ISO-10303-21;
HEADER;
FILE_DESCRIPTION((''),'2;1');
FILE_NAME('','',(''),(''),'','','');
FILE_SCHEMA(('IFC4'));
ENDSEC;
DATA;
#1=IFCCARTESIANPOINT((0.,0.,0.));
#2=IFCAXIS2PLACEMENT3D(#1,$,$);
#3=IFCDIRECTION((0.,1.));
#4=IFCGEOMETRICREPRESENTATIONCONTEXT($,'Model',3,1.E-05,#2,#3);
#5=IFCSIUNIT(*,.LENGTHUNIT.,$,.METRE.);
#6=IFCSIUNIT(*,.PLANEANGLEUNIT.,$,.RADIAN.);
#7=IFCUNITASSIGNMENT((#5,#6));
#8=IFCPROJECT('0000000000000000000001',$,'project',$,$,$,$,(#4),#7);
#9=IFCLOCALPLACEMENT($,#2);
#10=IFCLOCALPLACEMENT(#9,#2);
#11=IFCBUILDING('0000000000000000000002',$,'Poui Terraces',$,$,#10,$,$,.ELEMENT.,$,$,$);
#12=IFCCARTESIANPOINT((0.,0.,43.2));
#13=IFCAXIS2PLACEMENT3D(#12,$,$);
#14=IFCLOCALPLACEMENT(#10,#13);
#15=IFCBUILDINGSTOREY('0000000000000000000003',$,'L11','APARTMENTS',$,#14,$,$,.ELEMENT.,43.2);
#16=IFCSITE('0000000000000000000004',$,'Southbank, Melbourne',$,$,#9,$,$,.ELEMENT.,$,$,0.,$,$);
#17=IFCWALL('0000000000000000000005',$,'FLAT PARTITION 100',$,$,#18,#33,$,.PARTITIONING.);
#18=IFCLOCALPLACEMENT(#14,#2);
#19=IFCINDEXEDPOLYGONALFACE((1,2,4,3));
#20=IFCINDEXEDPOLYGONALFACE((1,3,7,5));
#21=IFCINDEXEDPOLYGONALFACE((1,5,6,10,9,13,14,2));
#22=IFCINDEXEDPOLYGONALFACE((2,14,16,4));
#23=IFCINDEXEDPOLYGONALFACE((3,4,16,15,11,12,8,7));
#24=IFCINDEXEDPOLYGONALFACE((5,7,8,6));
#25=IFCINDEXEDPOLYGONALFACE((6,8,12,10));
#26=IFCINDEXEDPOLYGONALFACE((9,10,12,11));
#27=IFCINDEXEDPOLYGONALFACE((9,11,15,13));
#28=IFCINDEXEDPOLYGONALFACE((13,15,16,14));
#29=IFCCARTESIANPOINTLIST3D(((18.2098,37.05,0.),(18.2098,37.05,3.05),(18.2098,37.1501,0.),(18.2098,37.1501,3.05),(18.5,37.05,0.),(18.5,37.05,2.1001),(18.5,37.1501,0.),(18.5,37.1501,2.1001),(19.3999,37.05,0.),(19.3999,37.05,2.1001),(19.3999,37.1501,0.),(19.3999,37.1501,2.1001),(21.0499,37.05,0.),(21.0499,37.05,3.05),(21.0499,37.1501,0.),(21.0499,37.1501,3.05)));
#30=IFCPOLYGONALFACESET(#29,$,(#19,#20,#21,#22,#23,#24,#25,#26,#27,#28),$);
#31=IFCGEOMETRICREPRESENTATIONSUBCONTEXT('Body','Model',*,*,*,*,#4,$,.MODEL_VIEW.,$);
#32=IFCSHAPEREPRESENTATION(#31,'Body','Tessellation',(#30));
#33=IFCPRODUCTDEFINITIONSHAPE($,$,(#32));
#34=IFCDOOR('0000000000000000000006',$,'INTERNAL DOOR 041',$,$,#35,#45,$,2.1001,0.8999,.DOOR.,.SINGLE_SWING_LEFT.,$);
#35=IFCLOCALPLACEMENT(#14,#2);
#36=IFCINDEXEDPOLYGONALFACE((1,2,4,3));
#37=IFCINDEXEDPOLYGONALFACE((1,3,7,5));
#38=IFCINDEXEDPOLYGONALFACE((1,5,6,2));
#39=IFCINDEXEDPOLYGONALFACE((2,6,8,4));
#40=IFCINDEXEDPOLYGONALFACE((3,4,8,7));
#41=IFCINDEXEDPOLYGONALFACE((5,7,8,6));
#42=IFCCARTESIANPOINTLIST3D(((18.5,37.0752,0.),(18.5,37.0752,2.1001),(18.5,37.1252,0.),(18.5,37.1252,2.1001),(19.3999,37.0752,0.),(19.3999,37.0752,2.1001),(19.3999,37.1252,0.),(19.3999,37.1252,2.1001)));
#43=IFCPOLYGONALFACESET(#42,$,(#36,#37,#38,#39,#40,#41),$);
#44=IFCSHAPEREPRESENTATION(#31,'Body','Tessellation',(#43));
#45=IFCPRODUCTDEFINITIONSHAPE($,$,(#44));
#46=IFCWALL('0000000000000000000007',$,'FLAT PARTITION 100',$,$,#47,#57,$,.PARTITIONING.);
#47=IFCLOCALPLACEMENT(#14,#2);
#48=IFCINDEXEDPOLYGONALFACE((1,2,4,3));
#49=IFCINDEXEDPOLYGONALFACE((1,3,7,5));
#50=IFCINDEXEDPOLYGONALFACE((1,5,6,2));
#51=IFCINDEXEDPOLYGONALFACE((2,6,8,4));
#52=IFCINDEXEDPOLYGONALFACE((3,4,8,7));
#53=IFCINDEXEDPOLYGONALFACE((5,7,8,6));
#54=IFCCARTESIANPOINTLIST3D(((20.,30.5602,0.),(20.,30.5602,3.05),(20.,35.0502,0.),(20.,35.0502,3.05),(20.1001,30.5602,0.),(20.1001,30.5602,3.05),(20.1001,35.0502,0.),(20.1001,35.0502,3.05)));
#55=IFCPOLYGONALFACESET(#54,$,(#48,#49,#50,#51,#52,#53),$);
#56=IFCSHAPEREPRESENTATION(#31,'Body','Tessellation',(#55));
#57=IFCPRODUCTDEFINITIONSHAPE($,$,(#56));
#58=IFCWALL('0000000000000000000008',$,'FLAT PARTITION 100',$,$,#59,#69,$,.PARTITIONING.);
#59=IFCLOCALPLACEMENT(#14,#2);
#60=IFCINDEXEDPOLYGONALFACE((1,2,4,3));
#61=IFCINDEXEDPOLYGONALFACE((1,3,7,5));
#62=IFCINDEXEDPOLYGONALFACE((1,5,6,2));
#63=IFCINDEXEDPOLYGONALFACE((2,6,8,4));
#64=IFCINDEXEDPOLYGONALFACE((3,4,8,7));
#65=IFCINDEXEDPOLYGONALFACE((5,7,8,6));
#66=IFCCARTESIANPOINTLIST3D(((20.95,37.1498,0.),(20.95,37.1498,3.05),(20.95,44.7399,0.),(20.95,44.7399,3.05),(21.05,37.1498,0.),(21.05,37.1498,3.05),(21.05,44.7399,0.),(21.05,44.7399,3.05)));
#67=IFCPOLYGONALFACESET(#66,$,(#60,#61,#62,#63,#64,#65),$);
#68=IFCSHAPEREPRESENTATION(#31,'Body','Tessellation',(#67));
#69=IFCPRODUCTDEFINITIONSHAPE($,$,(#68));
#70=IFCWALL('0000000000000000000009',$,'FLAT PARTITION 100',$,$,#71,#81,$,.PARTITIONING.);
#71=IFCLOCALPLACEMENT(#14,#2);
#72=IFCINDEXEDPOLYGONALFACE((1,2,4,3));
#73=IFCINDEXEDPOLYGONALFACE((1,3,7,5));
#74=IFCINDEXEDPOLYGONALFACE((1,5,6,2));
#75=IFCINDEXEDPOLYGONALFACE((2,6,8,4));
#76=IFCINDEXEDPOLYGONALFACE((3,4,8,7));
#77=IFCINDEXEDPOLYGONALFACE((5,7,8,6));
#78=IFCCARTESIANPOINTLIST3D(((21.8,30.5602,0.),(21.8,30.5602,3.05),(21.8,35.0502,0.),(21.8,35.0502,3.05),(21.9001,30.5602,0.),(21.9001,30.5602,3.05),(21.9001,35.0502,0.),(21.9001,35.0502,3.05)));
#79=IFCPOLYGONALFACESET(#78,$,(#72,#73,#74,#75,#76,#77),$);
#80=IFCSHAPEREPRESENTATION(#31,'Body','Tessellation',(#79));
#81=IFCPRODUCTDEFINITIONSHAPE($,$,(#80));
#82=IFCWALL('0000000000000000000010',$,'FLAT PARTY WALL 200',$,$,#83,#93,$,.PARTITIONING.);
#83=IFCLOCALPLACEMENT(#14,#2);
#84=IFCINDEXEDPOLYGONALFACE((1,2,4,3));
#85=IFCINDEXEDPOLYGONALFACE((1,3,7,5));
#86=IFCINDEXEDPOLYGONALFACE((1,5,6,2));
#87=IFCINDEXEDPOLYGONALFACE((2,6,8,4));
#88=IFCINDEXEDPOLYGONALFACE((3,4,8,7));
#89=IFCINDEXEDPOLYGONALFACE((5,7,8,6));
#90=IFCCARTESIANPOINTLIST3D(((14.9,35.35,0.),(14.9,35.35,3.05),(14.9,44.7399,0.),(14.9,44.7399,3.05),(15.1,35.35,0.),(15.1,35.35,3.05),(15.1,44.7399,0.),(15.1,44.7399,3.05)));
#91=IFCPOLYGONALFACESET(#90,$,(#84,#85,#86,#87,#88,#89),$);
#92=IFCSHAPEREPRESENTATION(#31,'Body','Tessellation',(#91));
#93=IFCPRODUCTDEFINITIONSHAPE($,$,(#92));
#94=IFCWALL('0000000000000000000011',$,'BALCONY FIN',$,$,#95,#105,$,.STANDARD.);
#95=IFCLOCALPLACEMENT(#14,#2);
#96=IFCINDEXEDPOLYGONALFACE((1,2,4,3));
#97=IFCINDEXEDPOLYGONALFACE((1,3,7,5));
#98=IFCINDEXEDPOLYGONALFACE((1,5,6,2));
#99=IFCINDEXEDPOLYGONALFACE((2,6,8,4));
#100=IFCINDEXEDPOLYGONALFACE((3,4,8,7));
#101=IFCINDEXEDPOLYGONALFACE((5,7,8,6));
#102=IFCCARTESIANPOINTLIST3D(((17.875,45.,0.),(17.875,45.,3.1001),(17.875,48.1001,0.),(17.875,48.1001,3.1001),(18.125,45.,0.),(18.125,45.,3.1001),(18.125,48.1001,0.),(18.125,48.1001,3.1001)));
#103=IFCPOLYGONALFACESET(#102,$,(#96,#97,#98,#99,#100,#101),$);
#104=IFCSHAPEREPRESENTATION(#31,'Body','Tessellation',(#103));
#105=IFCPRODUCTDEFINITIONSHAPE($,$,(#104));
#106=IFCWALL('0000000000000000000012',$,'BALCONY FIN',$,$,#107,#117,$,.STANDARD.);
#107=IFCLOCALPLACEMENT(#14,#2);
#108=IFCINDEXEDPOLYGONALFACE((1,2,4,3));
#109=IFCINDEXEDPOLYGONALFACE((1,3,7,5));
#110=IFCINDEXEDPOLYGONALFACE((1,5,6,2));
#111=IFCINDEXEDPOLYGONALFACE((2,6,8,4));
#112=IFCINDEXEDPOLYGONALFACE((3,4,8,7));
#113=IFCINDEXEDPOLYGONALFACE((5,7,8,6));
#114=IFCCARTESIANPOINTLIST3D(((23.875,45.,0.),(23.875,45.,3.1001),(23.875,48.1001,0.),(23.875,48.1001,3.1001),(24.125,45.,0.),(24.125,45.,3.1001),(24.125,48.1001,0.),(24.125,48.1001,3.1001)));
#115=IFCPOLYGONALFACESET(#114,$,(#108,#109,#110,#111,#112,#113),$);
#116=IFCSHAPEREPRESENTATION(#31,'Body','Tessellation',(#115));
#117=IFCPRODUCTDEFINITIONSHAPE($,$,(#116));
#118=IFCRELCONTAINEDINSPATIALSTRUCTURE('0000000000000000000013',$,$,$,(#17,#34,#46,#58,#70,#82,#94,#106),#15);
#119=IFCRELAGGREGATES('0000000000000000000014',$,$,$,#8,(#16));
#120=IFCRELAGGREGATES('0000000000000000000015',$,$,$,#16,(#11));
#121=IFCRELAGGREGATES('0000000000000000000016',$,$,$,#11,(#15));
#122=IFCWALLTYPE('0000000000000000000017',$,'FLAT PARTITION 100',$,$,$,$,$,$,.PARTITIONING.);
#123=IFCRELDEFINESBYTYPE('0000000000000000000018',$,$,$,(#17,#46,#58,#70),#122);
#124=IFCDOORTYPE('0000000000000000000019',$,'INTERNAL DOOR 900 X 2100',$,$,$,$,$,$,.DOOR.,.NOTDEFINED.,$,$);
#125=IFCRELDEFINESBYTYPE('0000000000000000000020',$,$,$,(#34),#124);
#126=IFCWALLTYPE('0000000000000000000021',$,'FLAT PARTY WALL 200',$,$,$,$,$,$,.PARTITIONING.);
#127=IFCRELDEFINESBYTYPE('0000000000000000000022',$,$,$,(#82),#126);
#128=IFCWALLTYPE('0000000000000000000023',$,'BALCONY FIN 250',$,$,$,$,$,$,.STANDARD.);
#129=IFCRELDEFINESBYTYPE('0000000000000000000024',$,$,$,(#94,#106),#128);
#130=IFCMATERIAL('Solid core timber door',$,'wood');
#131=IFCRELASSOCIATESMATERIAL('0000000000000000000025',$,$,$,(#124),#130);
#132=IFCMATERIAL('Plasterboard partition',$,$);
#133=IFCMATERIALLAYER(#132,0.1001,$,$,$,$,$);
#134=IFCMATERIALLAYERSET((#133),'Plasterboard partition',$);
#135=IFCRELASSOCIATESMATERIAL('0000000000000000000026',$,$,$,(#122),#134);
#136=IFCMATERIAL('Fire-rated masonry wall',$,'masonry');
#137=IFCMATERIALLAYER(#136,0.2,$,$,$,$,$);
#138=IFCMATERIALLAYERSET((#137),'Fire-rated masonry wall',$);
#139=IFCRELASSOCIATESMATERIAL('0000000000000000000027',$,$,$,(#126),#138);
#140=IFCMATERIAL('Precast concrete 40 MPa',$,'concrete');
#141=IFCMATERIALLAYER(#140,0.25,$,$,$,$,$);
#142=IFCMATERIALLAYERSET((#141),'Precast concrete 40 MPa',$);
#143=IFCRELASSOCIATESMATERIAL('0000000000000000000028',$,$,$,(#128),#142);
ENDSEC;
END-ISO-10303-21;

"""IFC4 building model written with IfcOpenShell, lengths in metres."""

from ifc_helpers import new_model, si_unit, direction, frame, frame_2d, origin, place, context, subcontext, project, spatial, polyline, rectangle, outline, extrude, source, transform, mapped, material, layer, layer_set, type_object, element, fill, save


model = new_model("IFC4")

# Units and contexts
model_context = context("Model", 3, precision=1e-05, world=origin(), true_north=direction((0.0, 1.0)))
body_context = subcontext(model_context, "Body", "Model", "MODEL_VIEW")
ifc_project = project(units=[si_unit("LENGTHUNIT", "METRE"), si_unit("PLANEANGLEUNIT", "RADIAN")], contexts=[model_context])

# Site, building, storey
site_placement = place(None, origin())
site = spatial("IfcSite", under=ifc_project, at=site_placement, Name="Southbank, Melbourne", CompositionType="ELEMENT", RefElevation=0.0)
building_placement = place(site_placement, origin())
building = spatial("IfcBuilding", under=site, at=building_placement, Name="Poui Terraces", CompositionType="ELEMENT")
storey_placement = place(building_placement, frame((0.0, 0.0, 43.2)))
storey = spatial("IfcBuildingStorey", under=building, at=storey_placement, Name="L11", Description="APARTMENTS", CompositionType="ELEMENT", Elevation=43.2)

# Wall, opening, door
ifc_material_1 = material(Name="Solid core timber door", Category="wood")
door_type_1 = type_object("IfcDoorType", Name="INTERNAL DOOR 900 X 2100", OperationType="NOTDEFINED", PredefinedType="DOOR", material=ifc_material_1)
ifc_material_2 = material(Name="Plasterboard partition")
ifc_layer_1 = layer(ifc_material_2, 0.1001)
ifc_layer_set_1 = layer_set([ifc_layer_1], Name="Plasterboard partition")
wall_type_1 = type_object("IfcWallType", Name="FLAT PARTITION 100", PredefinedType="PARTITIONING", material=ifc_layer_set_1)
wall_1_placement = place(storey_placement, frame((18.21, 37.1001, 0.0), z_axis=(0.0, 0.0, 1.0), x_axis=(1.0, 0.0, 0.0)))
wall_1 = element("IfcWall", 1, at=wall_1_placement, inside=storey, type_object=wall_type_1, Name="FLAT PARTITION 100", PredefinedType="PARTITIONING", context=body_context, shape_type="SweptSolid", body=[
    extrude(rectangle(XDim=2.8401, YDim=0.1001, at=frame_2d((1.4199, 0.0))), origin(), (0.0, 0.0, 1.0), 3.05),
])
opening_1_placement = place(wall_1_placement, frame((0.29, 0.0, 0.0)))
opening_1 = element("IfcOpeningElement", 2, at=opening_1_placement, cuts=wall_1, PredefinedType="OPENING", context=body_context, shape_type="SweptSolid", body=[
    extrude(rectangle(XDim=0.8999, YDim=2.1001, at=frame_2d((0.45, 1.05))), frame((0.0, 0.0601, 0.0), z_axis=(0.0, -1.0, 0.0), x_axis=(1.0, 0.0, 0.0)), (0.0, 0.0, 1.0), 0.1201),
])
door_1_placement = place(opening_1_placement, frame((0.8999, 0.0, 0.0), z_axis=(0.0, 0.0, 1.0), x_axis=(-1.0, 0.0, 0.0)))
door_1 = element("IfcDoor", 3, at=door_1_placement, inside=storey, type_object=door_type_1, Name="INTERNAL DOOR 041", OperationType="SINGLE_SWING_LEFT", OverallHeight=2.1001, OverallWidth=0.8999, PredefinedType="DOOR", context=body_context, shape_type="SweptSolid", body=[
    extrude(rectangle(XDim=0.8999, YDim=2.1001, at=frame_2d((0.45, 1.05))), frame((0.0, 0.0249, 0.0), z_axis=(0.0, -1.0, 0.0), x_axis=(1.0, 0.0, 0.0)), (0.0, 0.0, 1.0), 0.05),
])
fill(opening_1, door_1)

# Walls
wall_2_placement = place(storey_placement, frame((20.05, 30.5601, 0.0), z_axis=(0.0, 0.0, 1.0), x_axis=(0.0, 1.0, 0.0)))
element("IfcWall", 4, at=wall_2_placement, inside=storey, type_object=wall_type_1, Name="FLAT PARTITION 100", PredefinedType="PARTITIONING", context=body_context, shape_type="SweptSolid", body=[
    extrude(rectangle(XDim=4.49, YDim=0.1001, at=frame_2d((2.2451, 0.0))), origin(), (0.0, 0.0, 1.0), 3.05),
])
wall_3_placement = place(storey_placement, frame((21.0, 37.1499, 0.0), z_axis=(0.0, 0.0, 1.0), x_axis=(0.0, 1.0, 0.0)))
element("IfcWall", 5, at=wall_3_placement, inside=storey, type_object=wall_type_1, Name="FLAT PARTITION 100", PredefinedType="PARTITIONING", context=body_context, shape_type="SweptSolid", body=[
    extrude(rectangle(XDim=7.5901, YDim=0.1001, at=frame_2d((3.7949, 0.0))), origin(), (0.0, 0.0, 1.0), 3.05),
])
wall_4_placement = place(storey_placement, frame((21.8501, 30.5601, 0.0), z_axis=(0.0, 0.0, 1.0), x_axis=(0.0, 1.0, 0.0)))
element("IfcWall", 6, at=wall_4_placement, inside=storey, type_object=wall_type_1, Name="FLAT PARTITION 100", PredefinedType="PARTITIONING", context=body_context, shape_type="SweptSolid", body=[
    extrude(rectangle(XDim=4.49, YDim=0.1001, at=frame_2d((2.2451, 0.0))), origin(), (0.0, 0.0, 1.0), 3.05),
])
ifc_material_3 = material(Name="Fire-rated masonry wall", Category="masonry")
ifc_layer_2 = layer(ifc_material_3, 0.2)
ifc_layer_set_2 = layer_set([ifc_layer_2], Name="Fire-rated masonry wall")
wall_type_2 = type_object("IfcWallType", Name="FLAT PARTY WALL 200", PredefinedType="PARTITIONING", material=ifc_layer_set_2)
wall_5_placement = place(storey_placement, frame((15.0, 35.3501, 0.0), z_axis=(0.0, 0.0, 1.0), x_axis=(0.0, 1.0, 0.0)))
element("IfcWall", 7, at=wall_5_placement, inside=storey, type_object=wall_type_2, Name="FLAT PARTY WALL 200", PredefinedType="PARTITIONING", context=body_context, shape_type="SweptSolid", body=[
    extrude(rectangle(XDim=9.3899, YDim=0.2, at=frame_2d((4.6948, 0.0))), origin(), (0.0, 0.0, 1.0), 3.05),
])
ifc_material_4 = material(Name="Precast concrete 40 MPa", Category="concrete")
ifc_layer_3 = layer(ifc_material_4, 0.25)
ifc_layer_set_3 = layer_set([ifc_layer_3], Name="Precast concrete 40 MPa")
wall_type_3 = type_object("IfcWallType", Name="BALCONY FIN 250", PredefinedType="STANDARD", material=ifc_layer_set_3)
shared_shape_1 = source(origin(), body_context, "Body", "SweptSolid", [
    extrude(outline(polyline([(0.0, 0.0), (0.25, 0.0), (0.25, 3.1001), (0.0, 3.1001), (0.0, 0.0)])), origin(), (0.0, 0.0, 1.0), 3.1001),
])
for number, where, name in (
    (8, (17.875, 45.0, 0.0), "BALCONY FIN"),
    (9, (23.875, 45.0, 0.0), "BALCONY FIN"),
):
    element("IfcWall", number, at=place(storey_placement, frame(where)), inside=storey, type_object=wall_type_3, Name=name, PredefinedType="STANDARD", context=body_context, shape_type="MappedRepresentation", body=[
        mapped(shared_shape_1, transform((0.0, 0.0, 0.0))),
    ])

save(model, "model.ifc")
